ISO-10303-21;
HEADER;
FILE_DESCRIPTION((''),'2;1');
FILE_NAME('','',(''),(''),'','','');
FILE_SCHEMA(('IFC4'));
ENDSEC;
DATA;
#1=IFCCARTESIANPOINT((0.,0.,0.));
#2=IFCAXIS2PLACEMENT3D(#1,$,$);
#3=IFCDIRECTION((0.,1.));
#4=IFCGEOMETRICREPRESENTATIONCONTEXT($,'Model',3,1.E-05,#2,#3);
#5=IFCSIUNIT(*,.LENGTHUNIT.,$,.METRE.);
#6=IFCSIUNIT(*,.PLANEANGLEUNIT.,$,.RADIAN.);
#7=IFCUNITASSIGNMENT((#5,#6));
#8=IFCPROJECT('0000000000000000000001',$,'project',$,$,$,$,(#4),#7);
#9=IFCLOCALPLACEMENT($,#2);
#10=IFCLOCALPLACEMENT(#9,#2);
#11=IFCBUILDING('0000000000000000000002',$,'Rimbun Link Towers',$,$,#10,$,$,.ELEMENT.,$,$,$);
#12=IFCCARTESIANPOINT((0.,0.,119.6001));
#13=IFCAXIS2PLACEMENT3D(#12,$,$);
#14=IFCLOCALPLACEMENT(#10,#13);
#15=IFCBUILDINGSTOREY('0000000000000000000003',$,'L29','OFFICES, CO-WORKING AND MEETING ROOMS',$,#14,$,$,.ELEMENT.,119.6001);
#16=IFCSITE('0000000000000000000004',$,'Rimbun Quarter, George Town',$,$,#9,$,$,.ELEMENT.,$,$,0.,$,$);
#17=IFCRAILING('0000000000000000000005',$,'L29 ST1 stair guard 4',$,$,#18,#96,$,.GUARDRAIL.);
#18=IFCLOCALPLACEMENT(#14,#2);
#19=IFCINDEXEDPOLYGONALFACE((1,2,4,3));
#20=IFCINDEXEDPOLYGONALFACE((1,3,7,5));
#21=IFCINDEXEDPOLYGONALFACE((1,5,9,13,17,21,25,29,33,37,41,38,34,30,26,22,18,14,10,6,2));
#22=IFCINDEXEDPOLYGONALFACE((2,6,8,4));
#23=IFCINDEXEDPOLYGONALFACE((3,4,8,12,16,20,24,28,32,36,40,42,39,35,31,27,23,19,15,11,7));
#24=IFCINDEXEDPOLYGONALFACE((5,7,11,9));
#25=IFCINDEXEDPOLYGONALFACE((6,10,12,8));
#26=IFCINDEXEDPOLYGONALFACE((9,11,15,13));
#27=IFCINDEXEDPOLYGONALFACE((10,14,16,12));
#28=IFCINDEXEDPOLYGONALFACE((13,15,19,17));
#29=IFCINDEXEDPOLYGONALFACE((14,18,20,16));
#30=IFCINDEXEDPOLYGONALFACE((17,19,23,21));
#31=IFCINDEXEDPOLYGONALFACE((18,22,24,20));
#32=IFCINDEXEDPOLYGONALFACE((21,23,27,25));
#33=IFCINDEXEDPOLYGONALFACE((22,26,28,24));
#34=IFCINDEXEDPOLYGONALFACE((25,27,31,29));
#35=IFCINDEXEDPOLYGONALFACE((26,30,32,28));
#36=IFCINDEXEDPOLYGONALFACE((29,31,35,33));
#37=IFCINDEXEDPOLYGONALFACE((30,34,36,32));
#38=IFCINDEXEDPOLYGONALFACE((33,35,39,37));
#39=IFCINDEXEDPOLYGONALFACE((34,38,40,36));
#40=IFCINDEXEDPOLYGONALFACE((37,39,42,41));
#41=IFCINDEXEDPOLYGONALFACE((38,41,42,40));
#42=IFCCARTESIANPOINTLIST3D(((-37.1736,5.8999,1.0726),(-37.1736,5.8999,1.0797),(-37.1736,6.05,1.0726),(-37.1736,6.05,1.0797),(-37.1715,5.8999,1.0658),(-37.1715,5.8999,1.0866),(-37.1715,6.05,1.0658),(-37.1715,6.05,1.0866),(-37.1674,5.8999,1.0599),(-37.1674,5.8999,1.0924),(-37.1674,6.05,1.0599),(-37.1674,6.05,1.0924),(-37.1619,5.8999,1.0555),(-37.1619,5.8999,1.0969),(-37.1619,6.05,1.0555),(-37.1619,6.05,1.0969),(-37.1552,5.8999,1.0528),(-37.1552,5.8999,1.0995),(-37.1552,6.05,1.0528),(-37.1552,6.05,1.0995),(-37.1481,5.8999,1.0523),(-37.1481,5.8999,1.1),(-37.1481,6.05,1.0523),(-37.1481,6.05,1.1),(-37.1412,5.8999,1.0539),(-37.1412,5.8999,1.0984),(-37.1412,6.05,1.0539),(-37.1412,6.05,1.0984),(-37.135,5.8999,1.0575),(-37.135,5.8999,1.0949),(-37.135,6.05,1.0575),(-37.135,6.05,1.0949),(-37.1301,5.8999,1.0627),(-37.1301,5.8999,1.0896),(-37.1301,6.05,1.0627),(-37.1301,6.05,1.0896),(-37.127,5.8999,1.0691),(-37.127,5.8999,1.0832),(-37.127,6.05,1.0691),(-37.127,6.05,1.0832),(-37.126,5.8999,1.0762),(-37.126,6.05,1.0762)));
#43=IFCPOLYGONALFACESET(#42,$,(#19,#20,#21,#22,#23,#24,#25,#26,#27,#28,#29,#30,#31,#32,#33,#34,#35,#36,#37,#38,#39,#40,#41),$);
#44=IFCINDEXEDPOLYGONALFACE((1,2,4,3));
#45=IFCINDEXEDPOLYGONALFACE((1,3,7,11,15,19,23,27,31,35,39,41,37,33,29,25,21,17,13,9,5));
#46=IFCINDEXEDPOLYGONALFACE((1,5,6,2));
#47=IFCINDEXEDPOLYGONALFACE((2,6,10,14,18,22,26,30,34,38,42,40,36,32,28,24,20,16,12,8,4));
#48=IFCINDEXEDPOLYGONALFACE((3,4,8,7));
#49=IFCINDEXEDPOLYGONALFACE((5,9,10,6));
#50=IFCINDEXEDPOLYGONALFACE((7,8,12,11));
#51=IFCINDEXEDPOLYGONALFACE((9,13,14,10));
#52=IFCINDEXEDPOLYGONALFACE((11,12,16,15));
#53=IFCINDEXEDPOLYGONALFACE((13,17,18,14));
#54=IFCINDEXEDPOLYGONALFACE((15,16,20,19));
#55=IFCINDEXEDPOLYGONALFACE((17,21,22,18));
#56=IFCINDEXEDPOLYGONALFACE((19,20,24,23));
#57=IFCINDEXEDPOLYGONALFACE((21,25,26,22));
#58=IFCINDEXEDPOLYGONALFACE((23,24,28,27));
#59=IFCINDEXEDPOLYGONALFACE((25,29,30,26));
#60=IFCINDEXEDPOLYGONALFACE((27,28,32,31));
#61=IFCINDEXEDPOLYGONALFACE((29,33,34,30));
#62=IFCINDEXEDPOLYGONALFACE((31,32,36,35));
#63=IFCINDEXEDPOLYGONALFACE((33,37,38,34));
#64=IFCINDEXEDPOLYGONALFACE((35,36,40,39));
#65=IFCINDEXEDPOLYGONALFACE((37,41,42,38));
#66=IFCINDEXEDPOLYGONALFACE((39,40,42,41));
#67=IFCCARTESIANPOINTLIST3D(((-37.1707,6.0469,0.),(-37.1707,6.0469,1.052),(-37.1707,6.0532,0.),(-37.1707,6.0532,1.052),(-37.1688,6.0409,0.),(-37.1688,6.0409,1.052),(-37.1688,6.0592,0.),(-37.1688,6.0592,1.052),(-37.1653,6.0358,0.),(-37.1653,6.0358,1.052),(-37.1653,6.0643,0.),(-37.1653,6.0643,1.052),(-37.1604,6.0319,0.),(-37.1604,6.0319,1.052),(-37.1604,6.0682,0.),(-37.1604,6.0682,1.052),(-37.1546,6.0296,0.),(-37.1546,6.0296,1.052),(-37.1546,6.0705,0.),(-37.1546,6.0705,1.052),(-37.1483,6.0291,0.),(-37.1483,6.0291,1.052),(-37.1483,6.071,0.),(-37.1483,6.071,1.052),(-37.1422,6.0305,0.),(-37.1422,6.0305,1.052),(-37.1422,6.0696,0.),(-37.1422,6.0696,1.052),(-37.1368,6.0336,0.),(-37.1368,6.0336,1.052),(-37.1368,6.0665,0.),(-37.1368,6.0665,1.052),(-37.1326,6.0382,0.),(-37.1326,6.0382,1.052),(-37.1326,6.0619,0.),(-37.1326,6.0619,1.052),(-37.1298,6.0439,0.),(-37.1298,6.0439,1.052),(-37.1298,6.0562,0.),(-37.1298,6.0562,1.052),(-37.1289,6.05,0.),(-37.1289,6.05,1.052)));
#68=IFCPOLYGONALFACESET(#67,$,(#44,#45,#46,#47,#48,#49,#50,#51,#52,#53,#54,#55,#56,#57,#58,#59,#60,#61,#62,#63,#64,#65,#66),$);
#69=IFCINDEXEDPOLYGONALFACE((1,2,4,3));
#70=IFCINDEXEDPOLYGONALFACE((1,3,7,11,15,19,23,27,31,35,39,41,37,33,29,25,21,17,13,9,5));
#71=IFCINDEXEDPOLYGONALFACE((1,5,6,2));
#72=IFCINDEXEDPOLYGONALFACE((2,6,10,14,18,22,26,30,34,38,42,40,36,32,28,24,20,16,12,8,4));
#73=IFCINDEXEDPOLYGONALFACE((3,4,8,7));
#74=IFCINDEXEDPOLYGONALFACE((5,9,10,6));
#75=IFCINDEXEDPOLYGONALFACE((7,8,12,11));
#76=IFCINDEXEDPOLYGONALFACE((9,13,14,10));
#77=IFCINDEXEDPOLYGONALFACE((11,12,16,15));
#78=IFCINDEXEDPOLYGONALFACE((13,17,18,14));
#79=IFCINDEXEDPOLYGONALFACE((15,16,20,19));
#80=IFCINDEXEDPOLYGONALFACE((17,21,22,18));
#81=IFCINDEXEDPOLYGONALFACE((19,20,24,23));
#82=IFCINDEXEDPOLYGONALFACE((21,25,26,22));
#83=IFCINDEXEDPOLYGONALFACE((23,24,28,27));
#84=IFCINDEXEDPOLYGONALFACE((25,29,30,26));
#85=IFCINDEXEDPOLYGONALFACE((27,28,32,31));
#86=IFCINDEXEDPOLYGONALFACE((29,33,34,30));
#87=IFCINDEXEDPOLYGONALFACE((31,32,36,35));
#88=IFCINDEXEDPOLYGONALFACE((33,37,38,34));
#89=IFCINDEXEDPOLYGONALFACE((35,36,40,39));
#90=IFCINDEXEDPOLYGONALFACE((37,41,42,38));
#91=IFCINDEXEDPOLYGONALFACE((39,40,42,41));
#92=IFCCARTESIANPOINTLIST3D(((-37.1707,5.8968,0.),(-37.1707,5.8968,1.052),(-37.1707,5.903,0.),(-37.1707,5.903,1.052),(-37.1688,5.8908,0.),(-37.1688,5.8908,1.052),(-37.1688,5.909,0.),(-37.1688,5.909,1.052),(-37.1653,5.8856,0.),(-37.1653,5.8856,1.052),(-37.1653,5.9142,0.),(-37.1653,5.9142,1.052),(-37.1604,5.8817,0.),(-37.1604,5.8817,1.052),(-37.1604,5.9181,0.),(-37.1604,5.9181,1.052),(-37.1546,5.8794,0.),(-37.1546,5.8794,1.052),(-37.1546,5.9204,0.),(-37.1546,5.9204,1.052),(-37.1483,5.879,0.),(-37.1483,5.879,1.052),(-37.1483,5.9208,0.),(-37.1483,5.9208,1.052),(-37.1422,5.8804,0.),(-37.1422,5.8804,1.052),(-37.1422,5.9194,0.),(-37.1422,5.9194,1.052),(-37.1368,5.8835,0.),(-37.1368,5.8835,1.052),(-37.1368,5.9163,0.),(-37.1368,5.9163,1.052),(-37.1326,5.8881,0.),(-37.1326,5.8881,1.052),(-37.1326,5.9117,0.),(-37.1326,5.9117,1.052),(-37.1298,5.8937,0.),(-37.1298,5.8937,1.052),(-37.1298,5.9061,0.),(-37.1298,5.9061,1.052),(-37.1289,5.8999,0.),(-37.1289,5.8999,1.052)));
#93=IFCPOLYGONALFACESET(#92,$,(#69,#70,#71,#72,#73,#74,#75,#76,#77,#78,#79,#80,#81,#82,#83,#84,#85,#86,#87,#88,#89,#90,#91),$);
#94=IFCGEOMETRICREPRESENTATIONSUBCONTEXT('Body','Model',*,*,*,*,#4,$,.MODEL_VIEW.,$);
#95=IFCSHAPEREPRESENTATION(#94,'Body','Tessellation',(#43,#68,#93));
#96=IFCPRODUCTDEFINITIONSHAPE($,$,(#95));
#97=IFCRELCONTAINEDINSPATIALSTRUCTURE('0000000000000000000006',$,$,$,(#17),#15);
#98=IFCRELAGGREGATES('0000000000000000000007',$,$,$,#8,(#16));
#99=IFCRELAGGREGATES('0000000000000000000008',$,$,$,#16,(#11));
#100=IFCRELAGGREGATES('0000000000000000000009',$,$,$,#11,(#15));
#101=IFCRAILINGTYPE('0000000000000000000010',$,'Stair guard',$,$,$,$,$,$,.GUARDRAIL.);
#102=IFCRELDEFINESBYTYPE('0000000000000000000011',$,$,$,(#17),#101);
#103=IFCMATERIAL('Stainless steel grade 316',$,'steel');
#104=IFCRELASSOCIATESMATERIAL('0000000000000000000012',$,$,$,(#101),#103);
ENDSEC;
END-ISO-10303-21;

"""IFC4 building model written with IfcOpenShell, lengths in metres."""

from ifc_helpers import new_model, si_unit, direction, frame, origin, origin_2d, place, context, subcontext, project, spatial, circle, extrude, material, type_object, element, save


model = new_model("IFC4")

# Units and contexts
model_context = context("Model", 3, precision=1e-05, world=origin(), true_north=direction((0.0, 1.0)))
body_context = subcontext(model_context, "Body", "Model", "MODEL_VIEW")
ifc_project = project(units=[si_unit("LENGTHUNIT", "METRE"), si_unit("PLANEANGLEUNIT", "RADIAN")], contexts=[model_context])

# Site, building, storey
site_placement = place(None, origin())
site = spatial("IfcSite", under=ifc_project, at=site_placement, Name="Rimbun Quarter, George Town", CompositionType="ELEMENT", RefElevation=0.0)
building_placement = place(site_placement, origin())
building = spatial("IfcBuilding", under=site, at=building_placement, Name="Rimbun Link Towers", CompositionType="ELEMENT")
storey_placement = place(building_placement, frame((0.0, 0.0, 119.6001)))
storey = spatial("IfcBuildingStorey", under=building, at=storey_placement, Name="L29", Description="OFFICES, CO-WORKING AND MEETING ROOMS", CompositionType="ELEMENT", Elevation=119.6001)

# Railing
ifc_material_1 = material(Name="Stainless steel grade 316", Category="steel")
railing_type_1 = type_object("IfcRailingType", Name="Stair guard", PredefinedType="GUARDRAIL", material=ifc_material_1)
railing_1_placement = place(storey_placement, frame((-37.1499, 6.05, 0.0)))
element("IfcRailing", 1, at=railing_1_placement, inside=storey, type_object=railing_type_1, Name="L29 ST1 stair guard 4", PredefinedType="GUARDRAIL", context=body_context, shape_type="SweptSolid", body=[
    extrude(circle(Radius=0.0239, at=origin_2d()), frame((0.0, 0.0, 1.0762), z_axis=(0.0, -1.0, 0.0), x_axis=(1.0, 0.0, 0.0)), (0.0, 0.0, 1.0), 0.1501),
    extrude(circle(Radius=0.021, at=origin_2d()), origin(), (0.0, 0.0, 1.0), 1.052),
    extrude(circle(Radius=0.021, at=origin_2d()), frame((0.0, -0.1501, 0.0)), (0.0, 0.0, 1.0), 1.052),
])

save(model, "model.ifc")
